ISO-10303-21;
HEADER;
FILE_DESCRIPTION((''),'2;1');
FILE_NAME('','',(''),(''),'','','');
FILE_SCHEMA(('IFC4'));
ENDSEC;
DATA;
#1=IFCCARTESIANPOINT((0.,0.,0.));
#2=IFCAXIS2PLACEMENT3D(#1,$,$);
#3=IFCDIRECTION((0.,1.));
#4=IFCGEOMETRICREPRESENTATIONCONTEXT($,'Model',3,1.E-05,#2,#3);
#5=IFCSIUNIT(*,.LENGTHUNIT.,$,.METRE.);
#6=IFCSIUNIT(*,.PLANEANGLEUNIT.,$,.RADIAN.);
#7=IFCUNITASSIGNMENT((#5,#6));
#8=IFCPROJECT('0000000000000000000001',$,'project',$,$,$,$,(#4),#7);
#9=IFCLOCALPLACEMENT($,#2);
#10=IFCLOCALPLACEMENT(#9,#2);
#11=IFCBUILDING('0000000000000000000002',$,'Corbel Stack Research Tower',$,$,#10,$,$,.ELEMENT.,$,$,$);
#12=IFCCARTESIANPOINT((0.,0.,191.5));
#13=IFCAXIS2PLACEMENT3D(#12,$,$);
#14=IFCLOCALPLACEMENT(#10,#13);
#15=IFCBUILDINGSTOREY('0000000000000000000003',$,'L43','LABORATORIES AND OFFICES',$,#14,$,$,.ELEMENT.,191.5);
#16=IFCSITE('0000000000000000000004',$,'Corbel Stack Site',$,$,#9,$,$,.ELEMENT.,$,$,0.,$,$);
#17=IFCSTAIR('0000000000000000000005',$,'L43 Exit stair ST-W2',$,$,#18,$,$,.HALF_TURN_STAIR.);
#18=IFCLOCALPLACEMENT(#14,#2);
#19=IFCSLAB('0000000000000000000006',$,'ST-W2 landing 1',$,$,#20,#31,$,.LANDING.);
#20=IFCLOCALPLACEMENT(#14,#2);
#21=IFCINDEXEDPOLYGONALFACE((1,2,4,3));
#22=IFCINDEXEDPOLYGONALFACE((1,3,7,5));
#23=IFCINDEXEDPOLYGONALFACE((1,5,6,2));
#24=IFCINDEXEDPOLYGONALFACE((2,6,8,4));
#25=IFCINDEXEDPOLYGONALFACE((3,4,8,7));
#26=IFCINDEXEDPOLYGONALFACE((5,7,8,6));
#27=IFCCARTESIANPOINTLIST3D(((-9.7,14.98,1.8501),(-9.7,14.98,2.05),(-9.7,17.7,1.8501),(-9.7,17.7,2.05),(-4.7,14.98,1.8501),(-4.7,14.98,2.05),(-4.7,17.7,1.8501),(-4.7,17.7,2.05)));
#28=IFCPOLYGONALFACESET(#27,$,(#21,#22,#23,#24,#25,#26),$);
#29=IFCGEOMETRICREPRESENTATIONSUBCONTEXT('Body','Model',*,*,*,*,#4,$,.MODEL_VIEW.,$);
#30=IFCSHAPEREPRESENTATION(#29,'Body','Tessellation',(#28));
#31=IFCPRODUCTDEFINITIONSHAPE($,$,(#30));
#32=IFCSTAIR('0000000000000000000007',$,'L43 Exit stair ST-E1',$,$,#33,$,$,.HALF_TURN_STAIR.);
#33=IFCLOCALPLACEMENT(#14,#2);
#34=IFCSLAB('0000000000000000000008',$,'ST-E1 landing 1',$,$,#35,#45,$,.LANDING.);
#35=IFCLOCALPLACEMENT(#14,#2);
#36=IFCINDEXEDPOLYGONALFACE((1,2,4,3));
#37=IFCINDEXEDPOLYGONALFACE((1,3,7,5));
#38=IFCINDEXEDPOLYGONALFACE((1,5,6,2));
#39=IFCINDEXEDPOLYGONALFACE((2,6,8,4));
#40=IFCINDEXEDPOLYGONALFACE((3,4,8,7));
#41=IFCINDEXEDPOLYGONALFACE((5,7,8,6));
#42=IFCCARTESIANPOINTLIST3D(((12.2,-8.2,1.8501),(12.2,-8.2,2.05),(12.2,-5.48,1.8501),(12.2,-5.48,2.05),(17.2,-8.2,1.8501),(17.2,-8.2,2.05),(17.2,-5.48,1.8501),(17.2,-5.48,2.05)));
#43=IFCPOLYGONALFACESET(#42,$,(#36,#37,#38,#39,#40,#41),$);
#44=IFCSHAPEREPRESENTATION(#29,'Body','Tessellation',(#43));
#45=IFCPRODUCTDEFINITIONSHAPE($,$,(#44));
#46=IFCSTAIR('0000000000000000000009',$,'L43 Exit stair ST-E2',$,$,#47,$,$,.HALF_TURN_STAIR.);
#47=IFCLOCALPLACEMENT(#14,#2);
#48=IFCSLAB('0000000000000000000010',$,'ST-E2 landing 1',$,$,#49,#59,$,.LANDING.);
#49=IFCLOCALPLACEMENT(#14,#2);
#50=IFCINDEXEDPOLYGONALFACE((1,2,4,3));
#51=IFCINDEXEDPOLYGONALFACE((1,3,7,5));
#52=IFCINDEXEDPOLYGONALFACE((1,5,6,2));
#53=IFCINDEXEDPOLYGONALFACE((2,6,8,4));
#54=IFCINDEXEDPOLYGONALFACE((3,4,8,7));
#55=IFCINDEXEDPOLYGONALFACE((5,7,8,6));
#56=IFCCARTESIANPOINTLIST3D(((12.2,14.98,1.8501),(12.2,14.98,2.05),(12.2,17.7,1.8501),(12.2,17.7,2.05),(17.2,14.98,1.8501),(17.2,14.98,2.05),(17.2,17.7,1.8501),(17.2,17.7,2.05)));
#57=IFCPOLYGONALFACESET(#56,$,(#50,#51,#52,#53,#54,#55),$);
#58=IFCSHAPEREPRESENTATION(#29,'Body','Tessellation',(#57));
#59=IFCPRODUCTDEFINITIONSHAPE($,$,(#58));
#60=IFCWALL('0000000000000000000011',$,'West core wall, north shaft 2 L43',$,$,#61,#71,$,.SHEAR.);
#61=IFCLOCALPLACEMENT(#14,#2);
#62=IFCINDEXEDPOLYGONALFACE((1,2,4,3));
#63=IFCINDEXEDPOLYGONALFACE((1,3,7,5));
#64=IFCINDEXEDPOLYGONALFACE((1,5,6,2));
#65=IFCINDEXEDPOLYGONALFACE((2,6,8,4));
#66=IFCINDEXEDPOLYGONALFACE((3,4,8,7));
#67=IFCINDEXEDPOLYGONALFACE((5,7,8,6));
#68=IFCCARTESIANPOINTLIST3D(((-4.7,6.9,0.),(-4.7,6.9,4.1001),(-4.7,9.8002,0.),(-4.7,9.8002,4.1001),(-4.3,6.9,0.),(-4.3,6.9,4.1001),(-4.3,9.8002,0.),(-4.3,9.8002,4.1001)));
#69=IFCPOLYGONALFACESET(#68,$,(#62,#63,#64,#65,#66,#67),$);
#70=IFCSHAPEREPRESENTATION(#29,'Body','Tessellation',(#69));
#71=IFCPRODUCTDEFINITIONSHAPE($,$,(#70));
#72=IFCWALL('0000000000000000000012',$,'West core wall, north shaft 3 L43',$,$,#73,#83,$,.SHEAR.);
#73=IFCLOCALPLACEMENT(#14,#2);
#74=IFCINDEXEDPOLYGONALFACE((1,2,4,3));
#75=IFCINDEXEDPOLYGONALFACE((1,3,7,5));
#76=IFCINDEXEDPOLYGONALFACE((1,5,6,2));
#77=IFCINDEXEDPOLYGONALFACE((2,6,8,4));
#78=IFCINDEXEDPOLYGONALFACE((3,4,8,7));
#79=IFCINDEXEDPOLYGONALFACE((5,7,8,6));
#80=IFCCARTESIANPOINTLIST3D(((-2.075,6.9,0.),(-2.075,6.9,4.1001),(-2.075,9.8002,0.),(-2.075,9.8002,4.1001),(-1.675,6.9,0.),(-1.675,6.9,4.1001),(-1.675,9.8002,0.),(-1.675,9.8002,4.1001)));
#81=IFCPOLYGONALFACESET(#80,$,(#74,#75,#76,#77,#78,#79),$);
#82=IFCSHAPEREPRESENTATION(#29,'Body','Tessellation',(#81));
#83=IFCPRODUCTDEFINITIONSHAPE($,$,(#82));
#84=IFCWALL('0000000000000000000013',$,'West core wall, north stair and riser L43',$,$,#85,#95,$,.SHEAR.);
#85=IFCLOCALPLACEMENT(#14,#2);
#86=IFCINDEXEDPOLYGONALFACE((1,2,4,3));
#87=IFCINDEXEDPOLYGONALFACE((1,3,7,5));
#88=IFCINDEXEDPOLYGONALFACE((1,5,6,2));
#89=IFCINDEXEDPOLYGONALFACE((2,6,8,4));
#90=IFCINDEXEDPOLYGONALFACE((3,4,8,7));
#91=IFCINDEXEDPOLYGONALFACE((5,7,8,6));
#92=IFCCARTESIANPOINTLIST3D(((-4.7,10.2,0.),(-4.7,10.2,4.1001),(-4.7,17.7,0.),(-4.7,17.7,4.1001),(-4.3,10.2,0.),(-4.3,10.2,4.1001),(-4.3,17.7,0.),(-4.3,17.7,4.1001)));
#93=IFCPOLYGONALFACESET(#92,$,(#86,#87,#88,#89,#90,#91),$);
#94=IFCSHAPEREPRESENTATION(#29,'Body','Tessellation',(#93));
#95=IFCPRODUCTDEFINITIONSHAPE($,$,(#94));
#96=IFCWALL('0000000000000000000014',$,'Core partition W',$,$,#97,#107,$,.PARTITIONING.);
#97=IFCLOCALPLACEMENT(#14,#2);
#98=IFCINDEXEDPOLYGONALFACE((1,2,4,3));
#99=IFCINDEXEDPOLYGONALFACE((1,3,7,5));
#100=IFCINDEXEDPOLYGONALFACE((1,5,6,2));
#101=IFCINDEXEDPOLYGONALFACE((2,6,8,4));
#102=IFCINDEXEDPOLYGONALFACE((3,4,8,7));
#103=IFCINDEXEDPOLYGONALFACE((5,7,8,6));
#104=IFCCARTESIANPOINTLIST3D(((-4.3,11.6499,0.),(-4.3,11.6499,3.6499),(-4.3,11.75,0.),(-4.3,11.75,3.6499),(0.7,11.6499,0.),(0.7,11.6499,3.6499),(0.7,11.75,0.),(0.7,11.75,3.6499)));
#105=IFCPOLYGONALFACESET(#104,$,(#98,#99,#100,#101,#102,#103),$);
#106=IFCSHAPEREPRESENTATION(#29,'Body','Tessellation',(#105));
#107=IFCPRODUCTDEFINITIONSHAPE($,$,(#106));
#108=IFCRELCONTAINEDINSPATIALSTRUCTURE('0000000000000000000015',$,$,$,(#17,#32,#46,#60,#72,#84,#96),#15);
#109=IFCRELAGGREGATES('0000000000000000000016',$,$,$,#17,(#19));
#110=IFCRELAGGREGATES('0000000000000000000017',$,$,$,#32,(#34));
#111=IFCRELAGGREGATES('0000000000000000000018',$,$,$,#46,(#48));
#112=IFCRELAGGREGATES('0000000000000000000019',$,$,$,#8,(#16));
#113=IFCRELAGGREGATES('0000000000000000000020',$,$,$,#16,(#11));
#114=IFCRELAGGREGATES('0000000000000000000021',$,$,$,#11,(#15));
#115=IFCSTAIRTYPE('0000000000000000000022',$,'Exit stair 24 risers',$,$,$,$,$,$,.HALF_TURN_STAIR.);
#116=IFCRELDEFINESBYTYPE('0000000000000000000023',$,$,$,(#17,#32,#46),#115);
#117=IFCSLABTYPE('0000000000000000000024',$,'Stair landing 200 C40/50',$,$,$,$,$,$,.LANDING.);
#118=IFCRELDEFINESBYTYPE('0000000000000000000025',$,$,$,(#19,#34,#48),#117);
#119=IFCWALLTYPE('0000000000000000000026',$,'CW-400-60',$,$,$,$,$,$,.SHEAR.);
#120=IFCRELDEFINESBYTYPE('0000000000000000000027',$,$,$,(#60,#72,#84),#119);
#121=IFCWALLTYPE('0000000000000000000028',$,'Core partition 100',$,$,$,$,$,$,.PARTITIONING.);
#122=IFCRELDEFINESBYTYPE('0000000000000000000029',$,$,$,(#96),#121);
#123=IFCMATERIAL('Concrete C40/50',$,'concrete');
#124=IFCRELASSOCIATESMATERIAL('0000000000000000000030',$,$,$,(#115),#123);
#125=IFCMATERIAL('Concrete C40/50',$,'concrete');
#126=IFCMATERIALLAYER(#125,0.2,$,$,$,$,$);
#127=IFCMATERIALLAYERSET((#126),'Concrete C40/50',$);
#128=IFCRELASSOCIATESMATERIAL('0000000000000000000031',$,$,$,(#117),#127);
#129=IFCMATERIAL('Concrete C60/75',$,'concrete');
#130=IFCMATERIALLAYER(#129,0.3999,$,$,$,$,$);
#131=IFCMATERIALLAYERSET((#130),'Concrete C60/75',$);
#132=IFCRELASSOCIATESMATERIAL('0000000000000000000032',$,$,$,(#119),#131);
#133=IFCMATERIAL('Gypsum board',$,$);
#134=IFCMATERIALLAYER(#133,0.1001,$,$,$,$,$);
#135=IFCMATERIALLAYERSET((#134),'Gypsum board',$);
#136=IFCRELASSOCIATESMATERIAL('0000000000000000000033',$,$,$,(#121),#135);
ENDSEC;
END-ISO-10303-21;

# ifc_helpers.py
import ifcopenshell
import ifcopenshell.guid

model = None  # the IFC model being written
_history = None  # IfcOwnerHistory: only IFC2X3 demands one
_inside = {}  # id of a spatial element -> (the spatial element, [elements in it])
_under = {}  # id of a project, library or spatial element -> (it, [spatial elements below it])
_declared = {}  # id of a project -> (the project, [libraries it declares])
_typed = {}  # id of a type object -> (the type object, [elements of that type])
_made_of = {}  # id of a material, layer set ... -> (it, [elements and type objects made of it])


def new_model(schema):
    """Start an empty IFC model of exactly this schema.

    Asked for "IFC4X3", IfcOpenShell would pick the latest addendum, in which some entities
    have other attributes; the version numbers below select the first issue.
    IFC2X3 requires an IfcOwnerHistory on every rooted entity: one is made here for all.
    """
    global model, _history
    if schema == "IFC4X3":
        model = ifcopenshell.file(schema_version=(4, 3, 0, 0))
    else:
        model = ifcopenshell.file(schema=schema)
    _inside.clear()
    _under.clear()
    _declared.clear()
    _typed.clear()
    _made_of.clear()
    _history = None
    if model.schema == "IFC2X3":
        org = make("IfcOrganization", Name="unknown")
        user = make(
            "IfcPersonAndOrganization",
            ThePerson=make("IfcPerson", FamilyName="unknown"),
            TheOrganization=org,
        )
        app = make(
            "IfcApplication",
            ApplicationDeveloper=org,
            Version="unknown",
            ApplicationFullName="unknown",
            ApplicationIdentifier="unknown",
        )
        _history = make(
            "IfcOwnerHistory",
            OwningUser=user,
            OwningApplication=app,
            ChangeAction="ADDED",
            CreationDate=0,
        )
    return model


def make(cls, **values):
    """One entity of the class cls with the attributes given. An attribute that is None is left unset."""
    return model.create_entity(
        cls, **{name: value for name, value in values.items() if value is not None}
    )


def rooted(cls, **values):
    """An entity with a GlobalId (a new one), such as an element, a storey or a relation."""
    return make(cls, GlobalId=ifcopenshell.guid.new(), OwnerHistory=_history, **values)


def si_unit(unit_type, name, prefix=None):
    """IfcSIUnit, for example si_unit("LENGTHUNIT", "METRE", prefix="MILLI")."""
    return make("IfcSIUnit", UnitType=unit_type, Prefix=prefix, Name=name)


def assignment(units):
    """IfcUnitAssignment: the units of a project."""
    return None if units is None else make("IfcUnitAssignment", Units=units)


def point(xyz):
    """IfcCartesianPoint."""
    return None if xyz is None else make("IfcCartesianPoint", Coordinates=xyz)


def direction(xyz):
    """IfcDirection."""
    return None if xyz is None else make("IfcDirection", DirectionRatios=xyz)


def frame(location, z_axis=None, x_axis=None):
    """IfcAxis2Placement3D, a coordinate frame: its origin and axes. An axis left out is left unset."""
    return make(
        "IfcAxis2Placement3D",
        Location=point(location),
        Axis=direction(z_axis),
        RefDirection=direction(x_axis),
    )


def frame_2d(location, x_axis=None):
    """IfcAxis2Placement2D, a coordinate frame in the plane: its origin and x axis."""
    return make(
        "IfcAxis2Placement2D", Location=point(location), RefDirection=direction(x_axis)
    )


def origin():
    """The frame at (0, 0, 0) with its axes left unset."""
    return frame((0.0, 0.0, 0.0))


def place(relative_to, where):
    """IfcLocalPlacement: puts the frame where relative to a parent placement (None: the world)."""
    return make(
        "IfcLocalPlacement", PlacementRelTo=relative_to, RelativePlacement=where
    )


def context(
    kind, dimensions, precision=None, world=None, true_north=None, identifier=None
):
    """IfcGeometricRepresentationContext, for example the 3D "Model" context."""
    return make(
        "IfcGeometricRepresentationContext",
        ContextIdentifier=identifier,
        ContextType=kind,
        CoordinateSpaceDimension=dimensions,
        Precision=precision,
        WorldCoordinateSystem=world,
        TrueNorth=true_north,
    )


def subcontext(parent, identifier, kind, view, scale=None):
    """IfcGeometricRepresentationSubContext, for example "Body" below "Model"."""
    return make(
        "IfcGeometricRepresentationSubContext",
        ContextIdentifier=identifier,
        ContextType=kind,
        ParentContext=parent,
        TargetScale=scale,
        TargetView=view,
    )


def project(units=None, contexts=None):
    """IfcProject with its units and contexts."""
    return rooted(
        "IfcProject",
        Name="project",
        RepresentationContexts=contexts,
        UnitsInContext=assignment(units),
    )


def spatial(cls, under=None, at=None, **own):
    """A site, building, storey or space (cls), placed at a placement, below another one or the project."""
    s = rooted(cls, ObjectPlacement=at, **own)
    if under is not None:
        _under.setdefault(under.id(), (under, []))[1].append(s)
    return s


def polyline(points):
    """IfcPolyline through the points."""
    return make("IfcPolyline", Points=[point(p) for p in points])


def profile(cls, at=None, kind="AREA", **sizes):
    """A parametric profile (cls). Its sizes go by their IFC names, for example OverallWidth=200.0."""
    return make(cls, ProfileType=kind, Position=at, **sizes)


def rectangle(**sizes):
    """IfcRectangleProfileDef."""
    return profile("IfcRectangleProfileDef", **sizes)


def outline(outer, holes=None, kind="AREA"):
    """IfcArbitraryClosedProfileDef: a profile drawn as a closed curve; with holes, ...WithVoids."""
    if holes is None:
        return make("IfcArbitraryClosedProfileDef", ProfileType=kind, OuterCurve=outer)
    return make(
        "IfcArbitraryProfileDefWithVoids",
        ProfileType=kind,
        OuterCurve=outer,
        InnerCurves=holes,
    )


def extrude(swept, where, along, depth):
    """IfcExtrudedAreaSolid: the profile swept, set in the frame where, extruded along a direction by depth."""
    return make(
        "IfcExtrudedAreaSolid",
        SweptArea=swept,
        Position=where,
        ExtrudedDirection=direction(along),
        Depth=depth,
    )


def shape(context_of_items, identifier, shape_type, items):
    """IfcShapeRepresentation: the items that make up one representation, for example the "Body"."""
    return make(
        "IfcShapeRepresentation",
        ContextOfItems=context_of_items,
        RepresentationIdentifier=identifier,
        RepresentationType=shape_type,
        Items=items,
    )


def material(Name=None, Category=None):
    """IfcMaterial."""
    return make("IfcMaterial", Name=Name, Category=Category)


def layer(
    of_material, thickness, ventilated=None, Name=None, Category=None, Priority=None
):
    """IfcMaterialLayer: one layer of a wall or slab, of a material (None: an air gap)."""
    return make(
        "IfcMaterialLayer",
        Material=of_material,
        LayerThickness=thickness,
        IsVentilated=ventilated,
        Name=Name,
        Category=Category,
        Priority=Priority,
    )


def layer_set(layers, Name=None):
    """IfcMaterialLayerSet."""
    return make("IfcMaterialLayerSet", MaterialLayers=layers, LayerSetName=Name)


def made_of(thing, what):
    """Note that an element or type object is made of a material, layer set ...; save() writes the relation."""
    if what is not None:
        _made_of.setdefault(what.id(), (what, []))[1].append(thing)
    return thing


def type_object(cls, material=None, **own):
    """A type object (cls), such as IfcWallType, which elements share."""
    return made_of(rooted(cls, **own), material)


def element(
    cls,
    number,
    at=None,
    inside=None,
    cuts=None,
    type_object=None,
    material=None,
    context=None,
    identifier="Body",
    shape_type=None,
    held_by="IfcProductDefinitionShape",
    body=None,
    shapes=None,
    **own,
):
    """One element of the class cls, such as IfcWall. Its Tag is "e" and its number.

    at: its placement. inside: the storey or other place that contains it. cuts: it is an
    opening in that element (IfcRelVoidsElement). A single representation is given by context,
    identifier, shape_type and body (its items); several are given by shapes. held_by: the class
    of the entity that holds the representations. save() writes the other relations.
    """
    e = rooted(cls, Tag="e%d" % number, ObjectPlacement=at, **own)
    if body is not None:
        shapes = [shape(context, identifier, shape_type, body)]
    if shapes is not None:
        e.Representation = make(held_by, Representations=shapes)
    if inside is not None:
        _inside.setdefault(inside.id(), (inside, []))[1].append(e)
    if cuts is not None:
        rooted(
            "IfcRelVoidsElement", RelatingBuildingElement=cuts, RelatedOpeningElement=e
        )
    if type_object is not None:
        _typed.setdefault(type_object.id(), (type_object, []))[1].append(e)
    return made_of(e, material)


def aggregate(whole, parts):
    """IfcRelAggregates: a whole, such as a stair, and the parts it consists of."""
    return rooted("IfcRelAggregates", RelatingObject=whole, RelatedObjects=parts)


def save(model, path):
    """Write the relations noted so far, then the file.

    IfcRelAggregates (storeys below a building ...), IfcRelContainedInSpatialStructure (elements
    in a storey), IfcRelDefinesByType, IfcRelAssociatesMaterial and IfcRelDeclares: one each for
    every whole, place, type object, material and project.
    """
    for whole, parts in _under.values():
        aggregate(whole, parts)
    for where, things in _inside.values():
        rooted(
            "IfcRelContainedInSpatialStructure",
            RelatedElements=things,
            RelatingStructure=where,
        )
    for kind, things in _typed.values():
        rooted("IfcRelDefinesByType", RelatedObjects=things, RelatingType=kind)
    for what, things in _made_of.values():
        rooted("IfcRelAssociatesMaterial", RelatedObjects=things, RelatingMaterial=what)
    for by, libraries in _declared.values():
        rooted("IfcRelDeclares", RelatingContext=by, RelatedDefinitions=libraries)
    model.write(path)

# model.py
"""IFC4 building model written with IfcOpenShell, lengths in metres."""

from ifc_helpers import new_model, si_unit, direction, frame, frame_2d, origin, place, context, subcontext, project, spatial, polyline, rectangle, outline, extrude, material, layer, layer_set, type_object, element, aggregate, save


model = new_model("IFC4")

# Units and contexts
model_context = context("Model", 3, precision=1e-05, world=origin(), true_north=direction((0.0, 1.0)))
body_context = subcontext(model_context, "Body", "Model", "MODEL_VIEW")
ifc_project = project(units=[si_unit("LENGTHUNIT", "METRE"), si_unit("PLANEANGLEUNIT", "RADIAN")], contexts=[model_context])

# Site, building, storey
site_placement = place(None, origin())
site = spatial("IfcSite", under=ifc_project, at=site_placement, Name="Corbel Stack Site", CompositionType="ELEMENT", RefElevation=0.0)
building_placement = place(site_placement, origin())
building = spatial("IfcBuilding", under=site, at=building_placement, Name="Corbel Stack Research Tower", CompositionType="ELEMENT")
storey_placement = place(building_placement, frame((0.0, 0.0, 191.5)))
storey = spatial("IfcBuildingStorey", under=building, at=storey_placement, Name="L43", Description="LABORATORIES AND OFFICES", CompositionType="ELEMENT", Elevation=191.5)

# Stairs, slabs
ifc_material_1 = material(Name="Concrete C40/50", Category="concrete")
stair_type = type_object("IfcStairType", Name="Exit stair 24 risers", PredefinedType="HALF_TURN_STAIR", material=ifc_material_1)
ifc_material_2 = material(Name="Concrete C40/50", Category="concrete")
ifc_layer_1 = layer(ifc_material_2, 0.2)
ifc_layer_set_1 = layer_set([ifc_layer_1], Name="Concrete C40/50")
slab_type_1 = type_object("IfcSlabType", Name="Stair landing 200 C40/50", PredefinedType="LANDING", material=ifc_layer_set_1)
stair_1_placement = place(storey_placement, origin())
stair_1 = element("IfcStair", 1, at=stair_1_placement, inside=storey, type_object=stair_type, Name="L43 Exit stair ST-W2", PredefinedType="HALF_TURN_STAIR")
slab_1_placement = place(storey_placement, frame((0.0, 0.0, 1.8501)))
slab_1 = element("IfcSlab", 2, at=slab_1_placement, type_object=slab_type_1, Name="ST-W2 landing 1", PredefinedType="LANDING", context=body_context, shape_type="SweptSolid", body=[
    extrude(outline(polyline([(-9.7, 14.98), (-9.7, 17.7), (-4.7, 17.7), (-4.7, 14.98), (-9.7, 14.98)])), origin(), (0.0, 0.0, 1.0), 0.2),
])
aggregate(stair_1, [slab_1])
stair_2_placement = place(storey_placement, origin())
stair_2 = element("IfcStair", 3, at=stair_2_placement, inside=storey, type_object=stair_type, Name="L43 Exit stair ST-E1", PredefinedType="HALF_TURN_STAIR")
slab_2_placement = place(storey_placement, frame((0.0, 0.0, 1.8501)))
slab_2 = element("IfcSlab", 4, at=slab_2_placement, type_object=slab_type_1, Name="ST-E1 landing 1", PredefinedType="LANDING", context=body_context, shape_type="SweptSolid", body=[
    extrude(outline(polyline([(12.2, -8.2), (12.2, -5.48), (17.2, -5.48), (17.2, -8.2), (12.2, -8.2)])), origin(), (0.0, 0.0, 1.0), 0.2),
])
aggregate(stair_2, [slab_2])
stair_3_placement = place(storey_placement, origin())
stair_3 = element("IfcStair", 5, at=stair_3_placement, inside=storey, type_object=stair_type, Name="L43 Exit stair ST-E2", PredefinedType="HALF_TURN_STAIR")
slab_3_placement = place(storey_placement, frame((0.0, 0.0, 1.8501)))
slab_3 = element("IfcSlab", 6, at=slab_3_placement, type_object=slab_type_1, Name="ST-E2 landing 1", PredefinedType="LANDING", context=body_context, shape_type="SweptSolid", body=[
    extrude(outline(polyline([(12.2, 14.98), (12.2, 17.7), (17.2, 17.7), (17.2, 14.98), (12.2, 14.98)])), origin(), (0.0, 0.0, 1.0), 0.2),
])
aggregate(stair_3, [slab_3])

# Walls
ifc_material_3 = material(Name="Concrete C60/75", Category="concrete")
ifc_layer_2 = layer(ifc_material_3, 0.3999)
ifc_layer_set_2 = layer_set([ifc_layer_2], Name="Concrete C60/75")
wall_type_1 = type_object("IfcWallType", Name="CW-400-60", PredefinedType="SHEAR", material=ifc_layer_set_2)
for number, where, z_axis, x_axis, name in (
    (7, (-4.5, 6.8999, 0.0), (0.0, 0.0, 1.0), (0.0, 1.0, 0.0), "West core wall, north shaft 2 L43"),
    (8, (-1.875, 6.8999, 0.0), (0.0, 0.0, 1.0), (0.0, 1.0, 0.0), "West core wall, north shaft 3 L43"),
):
    element("IfcWall", number, at=place(storey_placement, frame(where, z_axis=z_axis, x_axis=x_axis)), inside=storey, type_object=wall_type_1, Name=name, PredefinedType="SHEAR", context=body_context, shape_type="SweptSolid", body=[
        extrude(rectangle(XDim=2.9001, YDim=0.3999, at=frame_2d((1.4502, 0.0))), origin(), (0.0, 0.0, 1.0), 4.1001),
    ])
wall_1_placement = place(storey_placement, frame((-4.5, 10.2, 0.0), z_axis=(0.0, 0.0, 1.0), x_axis=(0.0, 1.0, 0.0)))
element("IfcWall", 9, at=wall_1_placement, inside=storey, type_object=wall_type_1, Name="West core wall, north stair and riser L43", PredefinedType="SHEAR", context=body_context, shape_type="SweptSolid", body=[
    extrude(rectangle(XDim=7.5, YDim=0.3999, at=frame_2d((3.75, 0.0))), origin(), (0.0, 0.0, 1.0), 4.1001),
])
ifc_material_4 = material(Name="Gypsum board")
ifc_layer_3 = layer(ifc_material_4, 0.1001)
ifc_layer_set_3 = layer_set([ifc_layer_3], Name="Gypsum board")
wall_type_2 = type_object("IfcWallType", Name="Core partition 100", PredefinedType="PARTITIONING", material=ifc_layer_set_3)
wall_2_placement = place(storey_placement, frame((-4.3, 11.7, 0.0), z_axis=(0.0, 0.0, 1.0), x_axis=(1.0, 0.0, 0.0)))
element("IfcWall", 10, at=wall_2_placement, inside=storey, type_object=wall_type_2, Name="Core partition W", PredefinedType="PARTITIONING", context=body_context, shape_type="SweptSolid", body=[
    extrude(rectangle(XDim=5.0, YDim=0.1001, at=frame_2d((2.5, 0.0))), origin(), (0.0, 0.0, 1.0), 3.6499),
])

save(model, "model.ifc")
